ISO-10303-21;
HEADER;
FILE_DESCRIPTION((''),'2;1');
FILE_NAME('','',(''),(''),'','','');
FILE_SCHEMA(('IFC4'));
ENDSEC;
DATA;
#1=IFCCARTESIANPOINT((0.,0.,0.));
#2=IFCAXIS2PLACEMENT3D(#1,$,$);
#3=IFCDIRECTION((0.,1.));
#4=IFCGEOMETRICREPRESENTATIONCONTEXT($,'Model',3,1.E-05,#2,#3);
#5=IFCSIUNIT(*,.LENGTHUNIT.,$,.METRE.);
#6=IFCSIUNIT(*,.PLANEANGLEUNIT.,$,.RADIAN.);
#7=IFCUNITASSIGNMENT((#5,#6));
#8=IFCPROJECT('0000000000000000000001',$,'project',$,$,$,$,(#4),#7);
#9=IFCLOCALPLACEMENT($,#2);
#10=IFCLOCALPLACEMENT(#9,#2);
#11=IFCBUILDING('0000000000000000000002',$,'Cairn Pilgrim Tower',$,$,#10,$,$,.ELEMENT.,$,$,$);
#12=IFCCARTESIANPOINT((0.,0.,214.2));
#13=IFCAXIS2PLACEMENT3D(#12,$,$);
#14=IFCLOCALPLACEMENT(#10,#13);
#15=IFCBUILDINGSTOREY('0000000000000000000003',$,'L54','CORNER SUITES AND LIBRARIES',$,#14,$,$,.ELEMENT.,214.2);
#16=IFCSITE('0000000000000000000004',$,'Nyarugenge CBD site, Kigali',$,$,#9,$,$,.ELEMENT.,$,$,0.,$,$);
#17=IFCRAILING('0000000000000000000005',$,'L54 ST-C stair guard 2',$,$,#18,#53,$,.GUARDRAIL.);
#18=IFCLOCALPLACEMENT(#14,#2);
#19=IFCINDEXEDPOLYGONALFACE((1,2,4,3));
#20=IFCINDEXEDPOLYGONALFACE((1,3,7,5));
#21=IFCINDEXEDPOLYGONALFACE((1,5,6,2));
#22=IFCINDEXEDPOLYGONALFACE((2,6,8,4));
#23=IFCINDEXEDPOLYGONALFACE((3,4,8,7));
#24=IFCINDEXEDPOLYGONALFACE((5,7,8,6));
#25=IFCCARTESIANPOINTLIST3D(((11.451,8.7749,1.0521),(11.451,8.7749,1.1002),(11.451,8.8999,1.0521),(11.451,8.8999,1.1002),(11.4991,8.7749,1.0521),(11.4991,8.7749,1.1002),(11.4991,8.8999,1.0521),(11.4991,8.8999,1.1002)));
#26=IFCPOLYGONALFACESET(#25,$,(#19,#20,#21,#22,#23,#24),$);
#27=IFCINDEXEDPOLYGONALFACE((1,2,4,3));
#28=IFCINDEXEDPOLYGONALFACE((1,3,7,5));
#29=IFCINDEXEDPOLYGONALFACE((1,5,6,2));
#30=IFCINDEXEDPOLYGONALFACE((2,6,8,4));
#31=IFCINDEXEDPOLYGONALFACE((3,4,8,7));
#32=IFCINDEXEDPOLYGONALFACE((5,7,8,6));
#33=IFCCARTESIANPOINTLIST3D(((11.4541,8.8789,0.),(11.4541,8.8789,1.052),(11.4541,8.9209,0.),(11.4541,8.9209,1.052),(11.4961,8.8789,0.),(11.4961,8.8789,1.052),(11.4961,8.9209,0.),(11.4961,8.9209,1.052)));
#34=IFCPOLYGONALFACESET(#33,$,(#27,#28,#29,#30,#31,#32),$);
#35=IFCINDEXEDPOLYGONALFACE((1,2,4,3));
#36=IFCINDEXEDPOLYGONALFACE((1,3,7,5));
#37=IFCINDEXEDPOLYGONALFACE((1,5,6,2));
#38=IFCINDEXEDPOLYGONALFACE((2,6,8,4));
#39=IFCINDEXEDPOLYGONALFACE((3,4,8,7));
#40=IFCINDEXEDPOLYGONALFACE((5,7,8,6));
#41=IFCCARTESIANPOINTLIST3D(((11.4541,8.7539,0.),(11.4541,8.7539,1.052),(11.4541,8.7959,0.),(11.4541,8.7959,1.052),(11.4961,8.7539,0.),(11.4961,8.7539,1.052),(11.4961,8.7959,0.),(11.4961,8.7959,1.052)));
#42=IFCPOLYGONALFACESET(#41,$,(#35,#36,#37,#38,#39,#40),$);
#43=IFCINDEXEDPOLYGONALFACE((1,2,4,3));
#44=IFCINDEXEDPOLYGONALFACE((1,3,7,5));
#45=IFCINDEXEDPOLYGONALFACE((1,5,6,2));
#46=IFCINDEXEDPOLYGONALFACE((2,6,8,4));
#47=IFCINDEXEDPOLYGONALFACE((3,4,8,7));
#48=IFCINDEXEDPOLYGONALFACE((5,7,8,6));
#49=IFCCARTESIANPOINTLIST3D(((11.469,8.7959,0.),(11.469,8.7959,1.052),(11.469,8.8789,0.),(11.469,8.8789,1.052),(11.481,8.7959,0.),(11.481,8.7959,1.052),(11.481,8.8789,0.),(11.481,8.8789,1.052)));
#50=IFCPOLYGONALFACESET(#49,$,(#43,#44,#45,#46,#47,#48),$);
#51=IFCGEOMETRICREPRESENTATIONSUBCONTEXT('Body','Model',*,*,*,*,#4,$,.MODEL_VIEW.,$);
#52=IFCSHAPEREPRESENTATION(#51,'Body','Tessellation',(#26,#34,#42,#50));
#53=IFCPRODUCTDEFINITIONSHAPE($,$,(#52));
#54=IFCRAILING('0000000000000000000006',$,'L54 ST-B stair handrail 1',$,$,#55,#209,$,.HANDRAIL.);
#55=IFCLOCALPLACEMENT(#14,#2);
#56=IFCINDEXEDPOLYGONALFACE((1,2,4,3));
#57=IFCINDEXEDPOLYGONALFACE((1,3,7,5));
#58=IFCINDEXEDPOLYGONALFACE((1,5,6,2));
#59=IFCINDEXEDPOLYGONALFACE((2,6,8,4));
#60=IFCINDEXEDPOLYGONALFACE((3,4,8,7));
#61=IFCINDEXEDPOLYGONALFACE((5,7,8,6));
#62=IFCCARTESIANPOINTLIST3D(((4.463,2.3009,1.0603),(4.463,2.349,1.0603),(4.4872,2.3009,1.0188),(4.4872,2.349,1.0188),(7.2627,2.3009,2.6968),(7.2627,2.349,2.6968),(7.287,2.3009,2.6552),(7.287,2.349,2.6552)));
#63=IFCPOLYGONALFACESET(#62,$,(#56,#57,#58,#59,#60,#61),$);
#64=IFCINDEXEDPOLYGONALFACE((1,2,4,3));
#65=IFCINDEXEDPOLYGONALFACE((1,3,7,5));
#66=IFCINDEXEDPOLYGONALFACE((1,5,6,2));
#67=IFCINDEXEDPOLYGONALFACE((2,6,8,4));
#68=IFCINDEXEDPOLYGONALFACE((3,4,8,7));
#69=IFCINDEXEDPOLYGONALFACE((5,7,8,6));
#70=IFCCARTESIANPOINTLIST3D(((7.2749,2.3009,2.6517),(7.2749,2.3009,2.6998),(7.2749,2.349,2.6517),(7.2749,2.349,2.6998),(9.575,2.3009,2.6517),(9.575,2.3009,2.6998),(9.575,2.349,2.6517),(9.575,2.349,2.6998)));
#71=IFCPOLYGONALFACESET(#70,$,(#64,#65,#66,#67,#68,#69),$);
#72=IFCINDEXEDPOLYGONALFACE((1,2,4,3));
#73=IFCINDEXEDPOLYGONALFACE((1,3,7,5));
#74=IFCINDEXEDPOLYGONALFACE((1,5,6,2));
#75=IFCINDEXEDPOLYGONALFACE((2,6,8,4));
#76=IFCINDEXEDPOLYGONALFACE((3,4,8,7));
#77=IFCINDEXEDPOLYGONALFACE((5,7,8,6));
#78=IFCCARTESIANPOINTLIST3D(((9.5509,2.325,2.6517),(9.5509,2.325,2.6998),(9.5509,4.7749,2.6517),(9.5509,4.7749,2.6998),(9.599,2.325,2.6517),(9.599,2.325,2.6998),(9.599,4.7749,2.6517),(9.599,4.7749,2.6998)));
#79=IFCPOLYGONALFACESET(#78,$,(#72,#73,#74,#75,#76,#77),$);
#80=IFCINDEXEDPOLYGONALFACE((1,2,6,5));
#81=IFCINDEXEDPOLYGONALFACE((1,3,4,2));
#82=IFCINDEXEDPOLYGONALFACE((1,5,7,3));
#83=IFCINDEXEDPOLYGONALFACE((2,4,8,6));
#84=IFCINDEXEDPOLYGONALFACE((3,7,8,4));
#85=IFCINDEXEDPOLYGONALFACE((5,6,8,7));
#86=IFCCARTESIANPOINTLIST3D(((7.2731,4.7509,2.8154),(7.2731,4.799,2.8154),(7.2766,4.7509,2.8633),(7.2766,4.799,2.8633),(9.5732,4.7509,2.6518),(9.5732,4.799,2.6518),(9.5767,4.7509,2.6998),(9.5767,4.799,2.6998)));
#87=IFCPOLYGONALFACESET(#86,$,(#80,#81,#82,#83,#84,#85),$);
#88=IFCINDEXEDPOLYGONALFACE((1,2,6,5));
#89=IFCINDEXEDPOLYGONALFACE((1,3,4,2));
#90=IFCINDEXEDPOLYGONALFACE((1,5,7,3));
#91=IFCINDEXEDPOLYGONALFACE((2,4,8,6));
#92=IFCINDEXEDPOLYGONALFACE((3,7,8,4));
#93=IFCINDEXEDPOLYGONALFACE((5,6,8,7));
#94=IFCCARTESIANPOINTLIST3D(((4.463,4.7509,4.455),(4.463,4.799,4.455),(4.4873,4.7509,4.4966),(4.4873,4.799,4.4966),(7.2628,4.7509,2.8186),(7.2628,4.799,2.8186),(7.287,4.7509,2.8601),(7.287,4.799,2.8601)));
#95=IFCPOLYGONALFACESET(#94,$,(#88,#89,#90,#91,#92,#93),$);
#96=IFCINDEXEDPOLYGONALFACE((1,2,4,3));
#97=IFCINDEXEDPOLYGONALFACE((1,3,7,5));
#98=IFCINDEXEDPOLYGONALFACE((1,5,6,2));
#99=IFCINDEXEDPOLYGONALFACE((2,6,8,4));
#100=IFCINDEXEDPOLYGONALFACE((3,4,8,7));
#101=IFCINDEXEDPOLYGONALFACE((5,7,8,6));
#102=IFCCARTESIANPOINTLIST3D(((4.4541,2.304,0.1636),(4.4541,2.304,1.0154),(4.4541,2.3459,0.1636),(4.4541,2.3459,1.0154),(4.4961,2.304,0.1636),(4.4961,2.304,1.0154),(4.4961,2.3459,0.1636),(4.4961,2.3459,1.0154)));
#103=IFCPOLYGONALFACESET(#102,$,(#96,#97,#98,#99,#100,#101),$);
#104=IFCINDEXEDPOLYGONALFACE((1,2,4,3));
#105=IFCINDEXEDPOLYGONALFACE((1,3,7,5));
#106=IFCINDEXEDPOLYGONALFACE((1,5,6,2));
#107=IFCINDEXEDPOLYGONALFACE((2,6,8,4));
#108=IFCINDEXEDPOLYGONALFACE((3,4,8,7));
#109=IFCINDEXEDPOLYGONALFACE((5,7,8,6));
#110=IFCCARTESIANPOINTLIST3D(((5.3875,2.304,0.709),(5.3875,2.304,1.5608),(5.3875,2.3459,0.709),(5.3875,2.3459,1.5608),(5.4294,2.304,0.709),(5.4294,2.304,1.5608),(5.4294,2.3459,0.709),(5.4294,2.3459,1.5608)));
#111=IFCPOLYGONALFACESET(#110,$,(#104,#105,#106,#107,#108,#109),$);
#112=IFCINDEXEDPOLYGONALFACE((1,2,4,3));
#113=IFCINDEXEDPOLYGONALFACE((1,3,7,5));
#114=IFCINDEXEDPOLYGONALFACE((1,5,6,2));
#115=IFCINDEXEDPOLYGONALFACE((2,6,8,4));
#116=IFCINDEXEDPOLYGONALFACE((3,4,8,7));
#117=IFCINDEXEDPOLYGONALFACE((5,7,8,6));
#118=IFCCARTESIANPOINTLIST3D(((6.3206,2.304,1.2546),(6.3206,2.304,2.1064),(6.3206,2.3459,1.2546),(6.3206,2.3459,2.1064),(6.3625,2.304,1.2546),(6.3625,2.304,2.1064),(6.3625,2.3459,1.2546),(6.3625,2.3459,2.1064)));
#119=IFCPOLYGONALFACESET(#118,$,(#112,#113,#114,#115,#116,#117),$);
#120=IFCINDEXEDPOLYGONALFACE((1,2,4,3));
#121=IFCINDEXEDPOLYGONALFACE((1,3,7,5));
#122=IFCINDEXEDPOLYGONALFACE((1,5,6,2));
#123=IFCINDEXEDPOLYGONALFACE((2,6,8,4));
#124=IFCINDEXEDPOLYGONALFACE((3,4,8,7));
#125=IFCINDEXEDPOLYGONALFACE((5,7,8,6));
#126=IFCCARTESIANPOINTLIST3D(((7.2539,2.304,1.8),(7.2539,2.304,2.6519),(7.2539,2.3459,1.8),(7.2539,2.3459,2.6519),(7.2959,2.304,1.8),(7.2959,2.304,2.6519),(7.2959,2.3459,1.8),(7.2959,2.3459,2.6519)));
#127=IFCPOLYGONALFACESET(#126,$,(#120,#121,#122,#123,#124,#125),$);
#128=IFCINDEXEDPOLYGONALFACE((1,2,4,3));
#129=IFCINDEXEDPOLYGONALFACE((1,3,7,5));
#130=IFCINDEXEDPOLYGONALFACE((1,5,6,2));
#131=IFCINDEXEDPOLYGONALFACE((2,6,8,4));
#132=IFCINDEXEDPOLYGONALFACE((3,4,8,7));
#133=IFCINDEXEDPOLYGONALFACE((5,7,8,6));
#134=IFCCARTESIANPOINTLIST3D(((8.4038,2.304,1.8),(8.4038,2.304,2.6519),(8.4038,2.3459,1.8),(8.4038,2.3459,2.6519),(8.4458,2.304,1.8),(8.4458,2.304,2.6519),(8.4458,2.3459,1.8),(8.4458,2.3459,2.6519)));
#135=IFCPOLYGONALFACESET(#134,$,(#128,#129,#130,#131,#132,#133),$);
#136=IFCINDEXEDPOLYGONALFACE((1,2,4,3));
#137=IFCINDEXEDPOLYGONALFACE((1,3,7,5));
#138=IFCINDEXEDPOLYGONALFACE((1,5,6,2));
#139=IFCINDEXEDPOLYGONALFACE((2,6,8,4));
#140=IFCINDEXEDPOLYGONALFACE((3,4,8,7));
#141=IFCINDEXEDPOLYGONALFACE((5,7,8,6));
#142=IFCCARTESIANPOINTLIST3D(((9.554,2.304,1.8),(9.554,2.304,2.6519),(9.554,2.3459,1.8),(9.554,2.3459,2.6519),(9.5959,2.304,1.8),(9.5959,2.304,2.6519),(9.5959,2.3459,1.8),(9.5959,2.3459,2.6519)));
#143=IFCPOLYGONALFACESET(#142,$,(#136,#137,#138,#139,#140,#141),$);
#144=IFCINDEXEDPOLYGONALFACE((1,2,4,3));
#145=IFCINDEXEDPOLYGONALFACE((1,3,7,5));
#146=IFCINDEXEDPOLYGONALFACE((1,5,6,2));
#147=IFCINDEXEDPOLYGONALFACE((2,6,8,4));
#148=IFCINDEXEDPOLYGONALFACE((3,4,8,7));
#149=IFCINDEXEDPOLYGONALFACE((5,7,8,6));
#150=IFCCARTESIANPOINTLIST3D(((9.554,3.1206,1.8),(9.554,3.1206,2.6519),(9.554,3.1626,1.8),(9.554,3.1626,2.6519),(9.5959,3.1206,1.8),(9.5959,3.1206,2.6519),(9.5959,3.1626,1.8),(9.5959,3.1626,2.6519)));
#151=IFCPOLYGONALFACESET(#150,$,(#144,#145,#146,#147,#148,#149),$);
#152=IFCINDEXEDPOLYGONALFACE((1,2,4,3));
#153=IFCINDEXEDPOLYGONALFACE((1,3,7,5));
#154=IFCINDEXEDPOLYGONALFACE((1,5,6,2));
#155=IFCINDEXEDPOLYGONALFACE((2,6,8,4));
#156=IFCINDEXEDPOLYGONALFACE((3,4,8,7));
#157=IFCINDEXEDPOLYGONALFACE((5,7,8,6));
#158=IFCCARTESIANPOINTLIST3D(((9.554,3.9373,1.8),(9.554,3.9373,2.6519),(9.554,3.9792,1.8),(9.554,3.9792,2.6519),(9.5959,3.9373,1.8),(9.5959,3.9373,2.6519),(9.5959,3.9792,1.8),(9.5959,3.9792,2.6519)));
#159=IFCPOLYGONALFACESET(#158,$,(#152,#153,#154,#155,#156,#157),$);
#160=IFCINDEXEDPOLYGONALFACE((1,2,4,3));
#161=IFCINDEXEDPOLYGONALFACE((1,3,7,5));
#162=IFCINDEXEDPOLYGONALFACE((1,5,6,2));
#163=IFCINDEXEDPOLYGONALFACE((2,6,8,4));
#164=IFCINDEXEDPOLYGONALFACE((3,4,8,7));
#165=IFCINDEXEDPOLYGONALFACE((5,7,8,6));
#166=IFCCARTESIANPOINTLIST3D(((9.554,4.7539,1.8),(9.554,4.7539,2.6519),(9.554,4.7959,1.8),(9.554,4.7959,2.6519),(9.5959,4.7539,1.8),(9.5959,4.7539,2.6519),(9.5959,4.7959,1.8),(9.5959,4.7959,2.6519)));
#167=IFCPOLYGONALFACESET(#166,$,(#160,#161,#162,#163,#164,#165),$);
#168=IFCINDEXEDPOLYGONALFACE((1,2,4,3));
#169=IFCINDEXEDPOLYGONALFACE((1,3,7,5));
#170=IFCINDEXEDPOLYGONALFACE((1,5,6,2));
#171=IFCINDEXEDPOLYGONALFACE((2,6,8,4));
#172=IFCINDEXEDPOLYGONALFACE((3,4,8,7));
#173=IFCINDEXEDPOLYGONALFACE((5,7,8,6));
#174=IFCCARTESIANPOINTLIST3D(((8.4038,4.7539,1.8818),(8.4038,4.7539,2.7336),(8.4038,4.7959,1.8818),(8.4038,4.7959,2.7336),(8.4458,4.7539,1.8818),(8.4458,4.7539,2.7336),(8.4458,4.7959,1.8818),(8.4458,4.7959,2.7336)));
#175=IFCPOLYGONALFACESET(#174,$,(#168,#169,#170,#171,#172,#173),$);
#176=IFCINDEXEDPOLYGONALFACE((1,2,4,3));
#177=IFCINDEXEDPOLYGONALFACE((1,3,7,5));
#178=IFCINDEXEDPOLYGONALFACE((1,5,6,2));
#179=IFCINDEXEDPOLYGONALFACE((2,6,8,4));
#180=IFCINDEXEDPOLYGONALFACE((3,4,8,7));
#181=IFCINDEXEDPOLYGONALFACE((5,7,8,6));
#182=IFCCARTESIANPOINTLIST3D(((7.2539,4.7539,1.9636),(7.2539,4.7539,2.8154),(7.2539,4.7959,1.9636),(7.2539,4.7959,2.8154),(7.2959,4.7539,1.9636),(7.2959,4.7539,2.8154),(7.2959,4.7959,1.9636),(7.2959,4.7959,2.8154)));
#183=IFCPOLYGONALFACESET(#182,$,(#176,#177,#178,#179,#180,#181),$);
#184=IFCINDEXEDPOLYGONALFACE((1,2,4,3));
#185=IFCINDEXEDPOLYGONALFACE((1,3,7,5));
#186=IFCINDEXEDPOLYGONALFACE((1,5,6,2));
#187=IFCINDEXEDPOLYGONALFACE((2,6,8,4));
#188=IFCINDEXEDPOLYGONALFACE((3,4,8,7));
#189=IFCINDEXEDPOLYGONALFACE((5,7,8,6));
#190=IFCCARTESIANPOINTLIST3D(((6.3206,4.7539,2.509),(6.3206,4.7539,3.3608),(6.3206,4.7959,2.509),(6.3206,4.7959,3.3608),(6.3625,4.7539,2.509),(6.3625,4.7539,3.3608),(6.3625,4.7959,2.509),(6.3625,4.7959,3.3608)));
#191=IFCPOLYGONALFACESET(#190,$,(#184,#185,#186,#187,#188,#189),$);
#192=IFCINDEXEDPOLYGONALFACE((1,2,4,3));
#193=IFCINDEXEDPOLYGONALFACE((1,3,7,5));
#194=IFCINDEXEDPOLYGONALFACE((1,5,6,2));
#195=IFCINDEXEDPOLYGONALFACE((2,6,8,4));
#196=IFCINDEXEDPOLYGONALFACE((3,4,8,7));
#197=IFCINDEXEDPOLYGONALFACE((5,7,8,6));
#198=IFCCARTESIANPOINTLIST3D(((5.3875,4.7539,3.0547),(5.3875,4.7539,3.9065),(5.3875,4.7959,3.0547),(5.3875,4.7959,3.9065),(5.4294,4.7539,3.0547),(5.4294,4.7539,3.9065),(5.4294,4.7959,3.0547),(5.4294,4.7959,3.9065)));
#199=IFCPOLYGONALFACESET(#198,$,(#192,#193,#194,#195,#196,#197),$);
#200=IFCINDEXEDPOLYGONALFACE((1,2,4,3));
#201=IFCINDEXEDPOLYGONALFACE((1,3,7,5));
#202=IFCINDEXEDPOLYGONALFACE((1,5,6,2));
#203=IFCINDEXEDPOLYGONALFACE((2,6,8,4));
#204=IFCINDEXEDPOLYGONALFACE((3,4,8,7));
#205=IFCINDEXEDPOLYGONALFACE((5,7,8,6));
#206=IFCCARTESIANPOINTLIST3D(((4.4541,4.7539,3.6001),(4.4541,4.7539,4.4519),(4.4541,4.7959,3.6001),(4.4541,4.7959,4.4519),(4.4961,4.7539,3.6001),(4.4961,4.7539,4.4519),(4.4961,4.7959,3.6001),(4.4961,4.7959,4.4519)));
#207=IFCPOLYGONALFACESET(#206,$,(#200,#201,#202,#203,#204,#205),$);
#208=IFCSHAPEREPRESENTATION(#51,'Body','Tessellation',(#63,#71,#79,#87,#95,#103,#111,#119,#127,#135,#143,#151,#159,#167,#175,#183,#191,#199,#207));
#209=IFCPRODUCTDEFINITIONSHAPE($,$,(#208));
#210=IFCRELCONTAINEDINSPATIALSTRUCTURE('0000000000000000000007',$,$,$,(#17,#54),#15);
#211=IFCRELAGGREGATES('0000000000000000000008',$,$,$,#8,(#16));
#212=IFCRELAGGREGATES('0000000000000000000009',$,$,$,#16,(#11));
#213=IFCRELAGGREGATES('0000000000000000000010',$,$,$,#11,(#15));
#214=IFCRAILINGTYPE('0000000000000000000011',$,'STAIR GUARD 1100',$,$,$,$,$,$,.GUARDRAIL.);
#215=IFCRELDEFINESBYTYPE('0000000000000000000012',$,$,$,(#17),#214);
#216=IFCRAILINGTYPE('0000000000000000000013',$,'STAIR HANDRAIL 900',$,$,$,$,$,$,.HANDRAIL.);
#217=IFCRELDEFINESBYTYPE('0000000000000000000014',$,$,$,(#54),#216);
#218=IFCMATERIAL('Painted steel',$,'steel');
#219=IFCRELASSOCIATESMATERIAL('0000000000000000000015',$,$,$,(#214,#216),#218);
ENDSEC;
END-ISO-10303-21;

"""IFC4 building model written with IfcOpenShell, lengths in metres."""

from ifc_helpers import new_model, si_unit, direction, frame, origin, origin_2d, place, context, subcontext, project, spatial, polyline, rectangle, outline, extrude, material, type_object, element, save


model = new_model("IFC4")

# Units and contexts
model_context = context("Model", 3, precision=1e-05, world=origin(), true_north=direction((0.0, 1.0)))
body_context = subcontext(model_context, "Body", "Model", "MODEL_VIEW")
ifc_project = project(units=[si_unit("LENGTHUNIT", "METRE"), si_unit("PLANEANGLEUNIT", "RADIAN")], contexts=[model_context])

# Site, building, storey
site_placement = place(None, origin())
site = spatial("IfcSite", under=ifc_project, at=site_placement, Name="Nyarugenge CBD site, Kigali", CompositionType="ELEMENT", RefElevation=0.0)
building_placement = place(site_placement, origin())
building = spatial("IfcBuilding", under=site, at=building_placement, Name="Cairn Pilgrim Tower", CompositionType="ELEMENT")
storey_placement = place(building_placement, frame((0.0, 0.0, 214.2)))
storey = spatial("IfcBuildingStorey", under=building, at=storey_placement, Name="L54", Description="CORNER SUITES AND LIBRARIES", CompositionType="ELEMENT", Elevation=214.2)

# Shared definitions
ifc_material_1 = material(Name="Painted steel", Category="steel")

# Railings
railing_type_1 = type_object("IfcRailingType", Name="STAIR GUARD 1100", PredefinedType="GUARDRAIL", material=ifc_material_1)
railing_1_placement = place(storey_placement, frame((11.4751, 8.8999, 0.0)))
element("IfcRailing", 1, at=railing_1_placement, inside=storey, type_object=railing_type_1, Name="L54 ST-C stair guard 2", PredefinedType="GUARDRAIL", context=body_context, shape_type="SweptSolid", body=[
    extrude(rectangle(XDim=0.0481, YDim=0.0481, at=origin_2d()), frame((0.0, 0.0, 1.0762), z_axis=(0.0, -1.0, 0.0), x_axis=(1.0, 0.0, 0.0)), (0.0, 0.0, 1.0), 0.125),
    extrude(rectangle(XDim=0.042, YDim=0.042, at=origin_2d()), origin(), (0.0, 0.0, 1.0), 1.052),
    extrude(rectangle(XDim=0.042, YDim=0.042, at=origin_2d()), frame((0.0, -0.125, 0.0)), (0.0, 0.0, 1.0), 1.052),
    extrude(outline(polyline([(0.021, 0.0), (0.104, 0.0), (0.104, 1.052), (0.021, 1.052), (0.021, 0.0)])), frame((0.0059, 0.0, 0.0), z_axis=(-1.0, 0.0, 0.0), x_axis=(0.0, -1.0, 0.0)), (0.0, 0.0, 1.0), 0.012),
])
railing_type_2 = type_object("IfcRailingType", Name="STAIR HANDRAIL 900", PredefinedType="HANDRAIL", material=ifc_material_1)
railing_2_placement = place(storey_placement, frame((4.4751, 2.325, 0.1636)))
element("IfcRailing", 2, at=railing_2_placement, inside=storey, type_object=railing_type_2, Name="L54 ST-B stair handrail 1", PredefinedType="HANDRAIL", context=body_context, shape_type="SweptSolid", body=[
    extrude(rectangle(XDim=0.0481, YDim=0.0481, at=origin_2d()), frame((0.0, 0.0, 0.876), z_axis=(0.863342, 0.0, 0.50462), x_axis=(0.0, 1.0, 0.0)), (0.0, 0.0, 1.0), 3.2429),
    extrude(rectangle(XDim=0.0481, YDim=0.0481, at=origin_2d()), frame((2.7998, 0.0, 2.5122), z_axis=(1.0, 0.0, 0.0), x_axis=(0.0, 1.0, 0.0)), (0.0, 0.0, 1.0), 2.3),
    extrude(rectangle(XDim=0.0481, YDim=0.0481, at=origin_2d()), frame((5.0999, 0.0, 2.5122), z_axis=(0.0, 1.0, 0.0), x_axis=(-1.0, 0.0, 0.0)), (0.0, 0.0, 1.0), 2.45),
    extrude(rectangle(XDim=0.0481, YDim=0.0481, at=origin_2d()), frame((5.0999, 2.45, 2.5122), z_axis=(-0.997481, 0.0, 0.070939), x_axis=(0.0, -1.0, 0.0)), (0.0, 0.0, 1.0), 2.3059),
    extrude(rectangle(XDim=0.0481, YDim=0.0481, at=origin_2d()), frame((2.7998, 2.45, 2.6758), z_axis=(-0.863342, 0.0, 0.50462), x_axis=(0.0, -1.0, 0.0)), (0.0, 0.0, 1.0), 3.2429),
    extrude(rectangle(XDim=0.042, YDim=0.042, at=origin_2d()), origin(), (0.0, 0.0, 1.0), 0.8518),
    extrude(rectangle(XDim=0.042, YDim=0.042, at=origin_2d()), frame((0.9333, 0.0, 0.5454)), (0.0, 0.0, 1.0), 0.8518),
    extrude(rectangle(XDim=0.042, YDim=0.042, at=origin_2d()), frame((1.8665, 0.0, 1.0911)), (0.0, 0.0, 1.0), 0.8518),
    extrude(rectangle(XDim=0.042, YDim=0.042, at=origin_2d()), frame((2.7998, 0.0, 1.6365)), (0.0, 0.0, 1.0), 0.8518),
    extrude(rectangle(XDim=0.042, YDim=0.042, at=origin_2d()), frame((3.9497, 0.0, 1.6365)), (0.0, 0.0, 1.0), 0.8518),
    extrude(rectangle(XDim=0.042, YDim=0.042, at=origin_2d()), frame((5.0999, 0.0, 1.6365)), (0.0, 0.0, 1.0), 0.8518),
    extrude(rectangle(XDim=0.042, YDim=0.042, at=origin_2d()), frame((5.0999, 0.8167, 1.6365)), (0.0, 0.0, 1.0), 0.8518),
    extrude(rectangle(XDim=0.042, YDim=0.042, at=origin_2d()), frame((5.0999, 1.6333, 1.6365)), (0.0, 0.0, 1.0), 0.8518),
    extrude(rectangle(XDim=0.042, YDim=0.042, at=origin_2d()), frame((5.0999, 2.45, 1.6365)), (0.0, 0.0, 1.0), 0.8518),
    extrude(rectangle(XDim=0.042, YDim=0.042, at=origin_2d()), frame((3.9497, 2.45, 1.7183)), (0.0, 0.0, 1.0), 0.8518),
    extrude(rectangle(XDim=0.042, YDim=0.042, at=origin_2d()), frame((2.7998, 2.45, 1.8)), (0.0, 0.0, 1.0), 0.8518),
    extrude(rectangle(XDim=0.042, YDim=0.042, at=origin_2d()), frame((1.8665, 2.45, 2.3455)), (0.0, 0.0, 1.0), 0.8518),
    extrude(rectangle(XDim=0.042, YDim=0.042, at=origin_2d()), frame((0.9333, 2.45, 2.8911)), (0.0, 0.0, 1.0), 0.8518),
    extrude(rectangle(XDim=0.042, YDim=0.042, at=origin_2d()), frame((0.0, 2.45, 3.4365)), (0.0, 0.0, 1.0), 0.8518),
])

save(model, "model.ifc")
